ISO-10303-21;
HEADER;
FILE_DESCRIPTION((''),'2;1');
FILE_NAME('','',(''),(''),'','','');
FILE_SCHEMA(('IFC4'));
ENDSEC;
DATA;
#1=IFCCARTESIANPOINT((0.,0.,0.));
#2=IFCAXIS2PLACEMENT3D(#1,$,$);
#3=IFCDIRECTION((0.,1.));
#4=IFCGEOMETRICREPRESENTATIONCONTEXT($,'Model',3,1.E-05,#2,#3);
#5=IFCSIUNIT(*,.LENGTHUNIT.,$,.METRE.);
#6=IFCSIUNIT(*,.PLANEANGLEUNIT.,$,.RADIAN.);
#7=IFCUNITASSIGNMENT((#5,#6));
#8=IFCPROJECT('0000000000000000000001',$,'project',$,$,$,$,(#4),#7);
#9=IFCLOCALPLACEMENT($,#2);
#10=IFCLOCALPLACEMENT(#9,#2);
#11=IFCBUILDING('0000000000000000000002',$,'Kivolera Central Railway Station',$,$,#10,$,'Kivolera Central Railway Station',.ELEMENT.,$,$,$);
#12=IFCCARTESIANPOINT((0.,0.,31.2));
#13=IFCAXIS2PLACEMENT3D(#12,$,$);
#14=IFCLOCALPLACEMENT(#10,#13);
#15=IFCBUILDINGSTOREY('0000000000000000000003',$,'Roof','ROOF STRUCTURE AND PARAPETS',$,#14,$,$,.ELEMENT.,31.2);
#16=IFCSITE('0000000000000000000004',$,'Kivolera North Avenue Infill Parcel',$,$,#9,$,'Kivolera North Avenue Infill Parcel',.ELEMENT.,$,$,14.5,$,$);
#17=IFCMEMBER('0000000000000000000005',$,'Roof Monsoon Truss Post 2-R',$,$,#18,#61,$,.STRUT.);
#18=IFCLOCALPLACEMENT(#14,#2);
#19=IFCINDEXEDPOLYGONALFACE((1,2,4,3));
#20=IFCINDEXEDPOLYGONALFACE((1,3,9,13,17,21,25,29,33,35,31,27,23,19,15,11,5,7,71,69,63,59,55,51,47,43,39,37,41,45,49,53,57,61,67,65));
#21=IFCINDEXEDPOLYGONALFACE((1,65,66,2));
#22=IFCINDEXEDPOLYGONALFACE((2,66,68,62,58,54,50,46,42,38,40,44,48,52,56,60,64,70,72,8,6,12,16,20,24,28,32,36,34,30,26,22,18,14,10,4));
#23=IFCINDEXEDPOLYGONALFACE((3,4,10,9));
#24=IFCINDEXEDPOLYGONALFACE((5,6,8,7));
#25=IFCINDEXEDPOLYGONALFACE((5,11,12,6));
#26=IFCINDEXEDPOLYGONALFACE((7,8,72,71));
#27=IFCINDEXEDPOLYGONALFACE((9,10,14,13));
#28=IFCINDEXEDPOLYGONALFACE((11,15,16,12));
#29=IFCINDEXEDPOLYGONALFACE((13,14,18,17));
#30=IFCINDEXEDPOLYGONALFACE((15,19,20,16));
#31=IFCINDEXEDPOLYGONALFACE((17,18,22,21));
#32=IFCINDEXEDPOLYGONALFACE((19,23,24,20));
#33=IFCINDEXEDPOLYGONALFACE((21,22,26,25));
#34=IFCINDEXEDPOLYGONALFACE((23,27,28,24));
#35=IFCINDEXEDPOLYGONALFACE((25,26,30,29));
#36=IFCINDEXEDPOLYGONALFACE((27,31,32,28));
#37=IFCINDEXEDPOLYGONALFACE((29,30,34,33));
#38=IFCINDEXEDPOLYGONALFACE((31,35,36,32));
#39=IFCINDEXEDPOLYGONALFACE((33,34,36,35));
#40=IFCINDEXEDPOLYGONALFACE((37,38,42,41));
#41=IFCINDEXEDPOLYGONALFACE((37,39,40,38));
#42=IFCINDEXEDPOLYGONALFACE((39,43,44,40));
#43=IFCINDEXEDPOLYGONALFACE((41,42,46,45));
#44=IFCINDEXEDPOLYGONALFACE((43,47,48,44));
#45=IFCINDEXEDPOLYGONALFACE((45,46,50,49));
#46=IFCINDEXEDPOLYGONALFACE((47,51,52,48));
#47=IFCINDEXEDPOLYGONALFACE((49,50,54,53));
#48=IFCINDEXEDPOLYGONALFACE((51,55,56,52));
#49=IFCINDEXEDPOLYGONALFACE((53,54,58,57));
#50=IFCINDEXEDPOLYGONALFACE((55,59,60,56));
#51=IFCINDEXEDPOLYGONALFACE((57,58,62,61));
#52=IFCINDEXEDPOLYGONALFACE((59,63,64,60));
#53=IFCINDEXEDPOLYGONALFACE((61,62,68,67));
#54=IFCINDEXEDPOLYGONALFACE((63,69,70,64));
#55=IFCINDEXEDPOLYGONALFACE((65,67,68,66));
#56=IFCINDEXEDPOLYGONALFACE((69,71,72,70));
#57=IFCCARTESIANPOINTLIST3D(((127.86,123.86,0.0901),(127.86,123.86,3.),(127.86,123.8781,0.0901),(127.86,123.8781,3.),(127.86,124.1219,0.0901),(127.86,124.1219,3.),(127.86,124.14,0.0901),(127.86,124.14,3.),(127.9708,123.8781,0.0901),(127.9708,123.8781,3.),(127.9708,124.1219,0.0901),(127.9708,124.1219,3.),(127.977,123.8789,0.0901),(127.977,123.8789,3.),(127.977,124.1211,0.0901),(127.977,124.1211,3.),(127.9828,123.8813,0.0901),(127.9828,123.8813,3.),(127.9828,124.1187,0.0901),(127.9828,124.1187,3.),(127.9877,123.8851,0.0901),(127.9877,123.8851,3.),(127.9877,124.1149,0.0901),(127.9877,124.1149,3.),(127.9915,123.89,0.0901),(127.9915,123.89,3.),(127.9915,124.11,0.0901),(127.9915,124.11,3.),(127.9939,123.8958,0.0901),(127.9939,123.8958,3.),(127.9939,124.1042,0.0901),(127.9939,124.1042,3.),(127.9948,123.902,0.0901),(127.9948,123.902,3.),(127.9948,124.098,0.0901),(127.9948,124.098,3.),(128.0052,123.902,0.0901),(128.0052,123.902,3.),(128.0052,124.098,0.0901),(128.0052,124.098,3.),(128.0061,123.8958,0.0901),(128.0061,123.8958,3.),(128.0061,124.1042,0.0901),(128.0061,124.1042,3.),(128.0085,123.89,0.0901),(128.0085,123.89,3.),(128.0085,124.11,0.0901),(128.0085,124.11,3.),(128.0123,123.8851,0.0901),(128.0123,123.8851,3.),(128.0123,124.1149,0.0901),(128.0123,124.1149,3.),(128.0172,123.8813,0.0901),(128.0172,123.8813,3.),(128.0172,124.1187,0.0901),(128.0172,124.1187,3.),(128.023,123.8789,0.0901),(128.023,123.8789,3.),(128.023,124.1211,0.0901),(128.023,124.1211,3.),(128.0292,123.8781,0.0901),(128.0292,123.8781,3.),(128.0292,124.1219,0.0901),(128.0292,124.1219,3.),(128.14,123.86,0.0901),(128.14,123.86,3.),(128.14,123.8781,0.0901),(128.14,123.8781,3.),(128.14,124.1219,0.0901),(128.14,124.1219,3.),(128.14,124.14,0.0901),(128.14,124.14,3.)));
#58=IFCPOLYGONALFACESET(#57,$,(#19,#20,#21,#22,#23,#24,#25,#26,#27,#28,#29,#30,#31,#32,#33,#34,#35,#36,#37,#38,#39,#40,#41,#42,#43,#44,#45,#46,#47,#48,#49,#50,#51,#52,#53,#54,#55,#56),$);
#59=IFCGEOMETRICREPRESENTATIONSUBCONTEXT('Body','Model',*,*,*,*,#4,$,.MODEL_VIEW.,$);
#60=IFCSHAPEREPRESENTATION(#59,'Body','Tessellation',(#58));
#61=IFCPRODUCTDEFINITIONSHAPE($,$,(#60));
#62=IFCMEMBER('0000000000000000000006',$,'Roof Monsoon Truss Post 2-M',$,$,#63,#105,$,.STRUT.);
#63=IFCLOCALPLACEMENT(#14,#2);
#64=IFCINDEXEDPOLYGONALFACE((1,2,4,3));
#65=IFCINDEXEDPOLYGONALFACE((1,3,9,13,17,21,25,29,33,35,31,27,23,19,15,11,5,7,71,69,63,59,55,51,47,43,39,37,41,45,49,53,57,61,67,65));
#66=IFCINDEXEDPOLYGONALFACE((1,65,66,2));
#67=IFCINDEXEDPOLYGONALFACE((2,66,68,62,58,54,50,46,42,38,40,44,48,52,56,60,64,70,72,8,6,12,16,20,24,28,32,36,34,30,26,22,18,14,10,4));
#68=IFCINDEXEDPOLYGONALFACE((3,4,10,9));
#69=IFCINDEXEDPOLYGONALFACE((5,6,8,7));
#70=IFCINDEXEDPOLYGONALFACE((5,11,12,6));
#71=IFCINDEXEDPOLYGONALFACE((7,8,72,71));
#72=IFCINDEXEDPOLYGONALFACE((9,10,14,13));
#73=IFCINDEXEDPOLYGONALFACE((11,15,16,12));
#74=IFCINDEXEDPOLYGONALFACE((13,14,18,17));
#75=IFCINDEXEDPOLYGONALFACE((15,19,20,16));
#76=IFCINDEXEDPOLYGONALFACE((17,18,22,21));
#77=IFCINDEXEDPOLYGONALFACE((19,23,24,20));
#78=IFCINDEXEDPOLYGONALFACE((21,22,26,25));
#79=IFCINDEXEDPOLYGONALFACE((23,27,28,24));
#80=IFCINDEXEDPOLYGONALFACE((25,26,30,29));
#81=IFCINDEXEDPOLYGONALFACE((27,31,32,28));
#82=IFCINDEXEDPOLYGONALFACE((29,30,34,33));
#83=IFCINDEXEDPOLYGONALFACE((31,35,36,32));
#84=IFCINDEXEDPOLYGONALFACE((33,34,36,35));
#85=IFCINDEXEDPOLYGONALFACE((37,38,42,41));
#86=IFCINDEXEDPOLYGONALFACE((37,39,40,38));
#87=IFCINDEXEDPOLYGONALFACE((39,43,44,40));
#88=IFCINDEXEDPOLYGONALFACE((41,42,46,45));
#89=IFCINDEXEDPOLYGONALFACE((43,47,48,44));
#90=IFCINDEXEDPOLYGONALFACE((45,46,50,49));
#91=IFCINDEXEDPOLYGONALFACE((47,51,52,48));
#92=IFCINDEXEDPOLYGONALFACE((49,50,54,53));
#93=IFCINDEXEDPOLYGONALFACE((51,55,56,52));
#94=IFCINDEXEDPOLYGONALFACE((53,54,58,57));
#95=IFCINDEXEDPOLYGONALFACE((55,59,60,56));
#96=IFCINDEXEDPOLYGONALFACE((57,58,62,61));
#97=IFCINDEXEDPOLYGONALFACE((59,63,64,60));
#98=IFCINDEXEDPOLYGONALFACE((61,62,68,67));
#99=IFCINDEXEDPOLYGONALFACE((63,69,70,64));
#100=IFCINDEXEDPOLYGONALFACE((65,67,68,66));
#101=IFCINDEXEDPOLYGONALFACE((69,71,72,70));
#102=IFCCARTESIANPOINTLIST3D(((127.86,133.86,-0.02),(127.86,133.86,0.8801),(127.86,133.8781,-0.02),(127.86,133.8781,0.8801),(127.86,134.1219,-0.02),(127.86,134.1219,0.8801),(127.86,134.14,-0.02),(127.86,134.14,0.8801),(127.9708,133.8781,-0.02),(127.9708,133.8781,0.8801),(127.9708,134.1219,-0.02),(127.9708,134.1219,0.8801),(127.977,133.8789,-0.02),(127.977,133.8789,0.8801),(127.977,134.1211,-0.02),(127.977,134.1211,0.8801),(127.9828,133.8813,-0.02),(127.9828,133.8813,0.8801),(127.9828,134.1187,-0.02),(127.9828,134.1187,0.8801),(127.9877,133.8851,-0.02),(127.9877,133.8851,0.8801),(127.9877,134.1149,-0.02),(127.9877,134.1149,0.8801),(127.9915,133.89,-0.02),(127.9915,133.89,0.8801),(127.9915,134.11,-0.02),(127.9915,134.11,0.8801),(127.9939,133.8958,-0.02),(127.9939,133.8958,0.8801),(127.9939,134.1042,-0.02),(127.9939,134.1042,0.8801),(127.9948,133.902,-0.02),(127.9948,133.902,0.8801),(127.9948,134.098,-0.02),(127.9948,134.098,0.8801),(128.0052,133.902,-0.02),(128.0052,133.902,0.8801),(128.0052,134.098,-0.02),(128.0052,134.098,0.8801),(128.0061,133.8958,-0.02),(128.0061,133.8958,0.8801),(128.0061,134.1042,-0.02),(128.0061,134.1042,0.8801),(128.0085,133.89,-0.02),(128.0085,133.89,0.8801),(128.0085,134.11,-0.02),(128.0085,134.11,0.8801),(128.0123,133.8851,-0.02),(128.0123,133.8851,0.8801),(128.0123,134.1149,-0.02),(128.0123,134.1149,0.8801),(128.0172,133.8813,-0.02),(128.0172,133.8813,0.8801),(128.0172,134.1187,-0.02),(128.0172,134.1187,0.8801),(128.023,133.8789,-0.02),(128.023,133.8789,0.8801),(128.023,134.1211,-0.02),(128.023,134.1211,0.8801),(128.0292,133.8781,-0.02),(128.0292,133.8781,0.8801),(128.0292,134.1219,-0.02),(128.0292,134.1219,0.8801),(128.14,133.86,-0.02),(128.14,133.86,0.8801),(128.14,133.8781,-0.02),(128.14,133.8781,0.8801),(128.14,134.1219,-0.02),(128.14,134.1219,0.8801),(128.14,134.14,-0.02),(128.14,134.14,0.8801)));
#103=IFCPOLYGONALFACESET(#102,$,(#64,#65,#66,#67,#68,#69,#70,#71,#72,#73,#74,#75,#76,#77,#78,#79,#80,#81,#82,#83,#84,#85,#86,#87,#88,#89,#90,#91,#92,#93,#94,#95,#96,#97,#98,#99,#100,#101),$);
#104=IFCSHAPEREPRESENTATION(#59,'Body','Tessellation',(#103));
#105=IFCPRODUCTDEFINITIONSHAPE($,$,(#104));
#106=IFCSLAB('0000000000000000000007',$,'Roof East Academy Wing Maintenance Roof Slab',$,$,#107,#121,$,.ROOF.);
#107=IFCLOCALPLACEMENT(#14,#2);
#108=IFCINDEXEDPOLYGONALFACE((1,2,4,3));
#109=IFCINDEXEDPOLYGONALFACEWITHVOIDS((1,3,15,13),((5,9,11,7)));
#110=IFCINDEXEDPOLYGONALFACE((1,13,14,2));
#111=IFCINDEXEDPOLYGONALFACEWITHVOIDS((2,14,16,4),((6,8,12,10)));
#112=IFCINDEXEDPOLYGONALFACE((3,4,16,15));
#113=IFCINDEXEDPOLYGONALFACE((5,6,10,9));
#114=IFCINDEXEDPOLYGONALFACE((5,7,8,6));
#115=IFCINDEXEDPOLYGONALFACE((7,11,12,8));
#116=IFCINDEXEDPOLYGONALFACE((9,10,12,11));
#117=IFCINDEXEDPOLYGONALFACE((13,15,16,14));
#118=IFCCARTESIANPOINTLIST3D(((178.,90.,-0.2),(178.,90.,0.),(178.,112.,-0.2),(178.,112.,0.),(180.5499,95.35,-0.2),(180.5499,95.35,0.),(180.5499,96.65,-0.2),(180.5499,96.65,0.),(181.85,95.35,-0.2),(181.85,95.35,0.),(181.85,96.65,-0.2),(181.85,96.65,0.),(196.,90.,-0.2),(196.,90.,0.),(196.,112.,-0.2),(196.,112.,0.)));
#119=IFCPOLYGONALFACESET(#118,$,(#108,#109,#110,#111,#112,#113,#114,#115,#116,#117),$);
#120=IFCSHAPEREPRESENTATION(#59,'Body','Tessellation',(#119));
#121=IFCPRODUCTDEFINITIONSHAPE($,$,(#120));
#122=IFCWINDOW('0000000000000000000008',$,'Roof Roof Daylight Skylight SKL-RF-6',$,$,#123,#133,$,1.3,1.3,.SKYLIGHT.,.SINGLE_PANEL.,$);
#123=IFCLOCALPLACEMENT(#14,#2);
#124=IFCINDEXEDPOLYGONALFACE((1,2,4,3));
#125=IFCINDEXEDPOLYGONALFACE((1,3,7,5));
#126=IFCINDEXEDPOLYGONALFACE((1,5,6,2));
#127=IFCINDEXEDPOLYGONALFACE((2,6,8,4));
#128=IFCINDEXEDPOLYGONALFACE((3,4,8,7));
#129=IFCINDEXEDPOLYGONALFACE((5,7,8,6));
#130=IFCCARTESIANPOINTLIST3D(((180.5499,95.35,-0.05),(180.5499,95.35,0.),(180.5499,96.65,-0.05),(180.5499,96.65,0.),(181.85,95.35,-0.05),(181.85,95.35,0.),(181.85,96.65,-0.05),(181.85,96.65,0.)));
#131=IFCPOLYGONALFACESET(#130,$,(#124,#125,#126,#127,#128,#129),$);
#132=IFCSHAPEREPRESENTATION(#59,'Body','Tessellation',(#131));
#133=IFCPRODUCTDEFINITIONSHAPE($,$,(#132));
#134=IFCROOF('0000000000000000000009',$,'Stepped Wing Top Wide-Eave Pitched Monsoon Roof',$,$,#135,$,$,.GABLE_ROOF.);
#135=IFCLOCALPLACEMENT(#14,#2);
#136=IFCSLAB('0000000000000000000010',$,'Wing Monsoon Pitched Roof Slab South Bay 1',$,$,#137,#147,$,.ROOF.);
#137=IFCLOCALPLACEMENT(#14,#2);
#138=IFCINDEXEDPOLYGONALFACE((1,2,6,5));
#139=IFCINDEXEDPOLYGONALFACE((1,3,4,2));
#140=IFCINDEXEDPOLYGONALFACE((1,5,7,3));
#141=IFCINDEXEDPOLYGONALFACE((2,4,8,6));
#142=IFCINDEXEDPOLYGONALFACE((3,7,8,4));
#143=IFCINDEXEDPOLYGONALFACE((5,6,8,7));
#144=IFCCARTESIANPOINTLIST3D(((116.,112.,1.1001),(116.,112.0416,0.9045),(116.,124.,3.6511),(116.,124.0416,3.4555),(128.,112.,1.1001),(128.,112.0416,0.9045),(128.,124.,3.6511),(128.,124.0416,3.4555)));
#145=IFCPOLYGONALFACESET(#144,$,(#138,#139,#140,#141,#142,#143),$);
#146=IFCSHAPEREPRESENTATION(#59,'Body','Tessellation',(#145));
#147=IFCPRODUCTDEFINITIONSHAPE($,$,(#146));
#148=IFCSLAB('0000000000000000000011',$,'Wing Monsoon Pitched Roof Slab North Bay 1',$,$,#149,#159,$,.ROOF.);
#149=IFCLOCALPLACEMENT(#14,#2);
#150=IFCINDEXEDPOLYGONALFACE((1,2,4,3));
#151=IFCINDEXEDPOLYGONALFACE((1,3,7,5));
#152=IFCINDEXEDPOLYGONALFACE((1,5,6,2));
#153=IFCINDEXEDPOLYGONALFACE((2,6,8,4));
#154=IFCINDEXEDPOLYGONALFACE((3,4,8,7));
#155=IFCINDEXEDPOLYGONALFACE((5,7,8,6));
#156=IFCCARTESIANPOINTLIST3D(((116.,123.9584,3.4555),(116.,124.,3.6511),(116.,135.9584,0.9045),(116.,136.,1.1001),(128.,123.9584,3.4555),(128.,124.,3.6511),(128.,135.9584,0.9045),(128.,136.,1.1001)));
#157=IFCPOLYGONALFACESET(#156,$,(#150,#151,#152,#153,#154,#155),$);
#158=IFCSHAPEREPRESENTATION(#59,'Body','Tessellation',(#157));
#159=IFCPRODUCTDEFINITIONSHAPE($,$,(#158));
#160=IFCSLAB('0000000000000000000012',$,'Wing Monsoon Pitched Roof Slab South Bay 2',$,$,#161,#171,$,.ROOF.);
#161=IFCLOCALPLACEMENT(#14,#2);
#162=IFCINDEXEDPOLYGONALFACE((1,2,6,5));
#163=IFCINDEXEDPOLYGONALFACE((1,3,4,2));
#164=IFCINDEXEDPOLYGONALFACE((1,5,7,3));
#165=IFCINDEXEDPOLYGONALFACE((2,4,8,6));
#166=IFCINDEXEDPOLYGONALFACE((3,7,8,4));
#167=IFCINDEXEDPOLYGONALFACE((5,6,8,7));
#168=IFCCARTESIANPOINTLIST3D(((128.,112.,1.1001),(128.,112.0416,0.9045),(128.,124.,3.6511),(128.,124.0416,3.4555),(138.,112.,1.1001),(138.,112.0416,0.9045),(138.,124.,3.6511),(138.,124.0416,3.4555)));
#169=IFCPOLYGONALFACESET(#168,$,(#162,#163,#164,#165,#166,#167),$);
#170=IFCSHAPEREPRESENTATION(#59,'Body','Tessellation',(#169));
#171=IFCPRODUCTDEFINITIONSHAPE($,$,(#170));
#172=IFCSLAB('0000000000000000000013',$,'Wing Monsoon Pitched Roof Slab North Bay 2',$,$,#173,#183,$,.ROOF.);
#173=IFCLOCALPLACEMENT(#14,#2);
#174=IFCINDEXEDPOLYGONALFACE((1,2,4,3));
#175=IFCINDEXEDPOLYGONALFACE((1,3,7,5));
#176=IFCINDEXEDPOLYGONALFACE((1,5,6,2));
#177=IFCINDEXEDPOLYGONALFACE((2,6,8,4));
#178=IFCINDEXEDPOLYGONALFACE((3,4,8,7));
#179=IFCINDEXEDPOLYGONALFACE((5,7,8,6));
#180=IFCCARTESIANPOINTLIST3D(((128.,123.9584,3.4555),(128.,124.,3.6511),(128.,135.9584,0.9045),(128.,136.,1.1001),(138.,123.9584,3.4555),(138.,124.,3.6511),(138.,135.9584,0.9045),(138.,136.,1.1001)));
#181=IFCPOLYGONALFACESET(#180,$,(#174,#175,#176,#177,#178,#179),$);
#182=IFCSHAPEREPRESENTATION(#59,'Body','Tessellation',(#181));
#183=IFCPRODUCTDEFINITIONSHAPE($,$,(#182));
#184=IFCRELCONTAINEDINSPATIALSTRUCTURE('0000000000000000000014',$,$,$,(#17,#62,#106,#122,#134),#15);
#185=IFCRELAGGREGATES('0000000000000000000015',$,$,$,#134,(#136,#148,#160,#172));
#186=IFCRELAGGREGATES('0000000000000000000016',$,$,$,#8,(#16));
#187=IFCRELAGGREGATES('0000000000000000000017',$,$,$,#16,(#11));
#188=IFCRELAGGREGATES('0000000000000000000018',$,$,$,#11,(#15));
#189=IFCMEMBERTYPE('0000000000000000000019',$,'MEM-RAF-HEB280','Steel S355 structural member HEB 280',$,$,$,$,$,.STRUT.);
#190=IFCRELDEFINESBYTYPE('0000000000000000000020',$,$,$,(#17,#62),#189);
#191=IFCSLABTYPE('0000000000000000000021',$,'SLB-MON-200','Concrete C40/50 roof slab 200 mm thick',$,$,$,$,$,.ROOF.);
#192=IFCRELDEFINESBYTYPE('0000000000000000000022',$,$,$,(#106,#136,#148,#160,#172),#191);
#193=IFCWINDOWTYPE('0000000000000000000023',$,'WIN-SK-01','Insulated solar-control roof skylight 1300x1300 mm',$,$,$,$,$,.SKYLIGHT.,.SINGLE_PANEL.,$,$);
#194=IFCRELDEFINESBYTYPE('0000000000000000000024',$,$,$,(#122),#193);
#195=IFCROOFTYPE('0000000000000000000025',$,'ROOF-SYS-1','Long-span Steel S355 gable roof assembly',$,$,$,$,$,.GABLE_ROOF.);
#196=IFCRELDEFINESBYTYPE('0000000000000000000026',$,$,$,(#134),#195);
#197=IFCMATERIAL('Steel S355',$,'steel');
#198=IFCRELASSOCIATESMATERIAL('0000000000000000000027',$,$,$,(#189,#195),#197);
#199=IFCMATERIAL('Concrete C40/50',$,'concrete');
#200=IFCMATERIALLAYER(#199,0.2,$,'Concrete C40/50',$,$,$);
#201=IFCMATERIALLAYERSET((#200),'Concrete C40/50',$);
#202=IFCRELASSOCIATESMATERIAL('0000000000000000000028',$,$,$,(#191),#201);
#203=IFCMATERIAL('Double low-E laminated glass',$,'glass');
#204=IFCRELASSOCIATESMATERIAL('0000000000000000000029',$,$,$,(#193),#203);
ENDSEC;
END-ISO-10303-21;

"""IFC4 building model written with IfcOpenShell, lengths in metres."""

from ifc_helpers import new_model, si_unit, direction, frame, origin, origin_2d, place, context, subcontext, project, spatial, polyline, rectangle, i_section, outline, extrude, material, layer, layer_set, material_profile, profile_set, type_object, element, fill, aggregate, save


model = new_model("IFC4")

# Units and contexts
model_context = context("Model", 3, precision=1e-05, world=origin(), true_north=direction((0.0, 1.0)))
body_context = subcontext(model_context, "Body", "Model", "MODEL_VIEW")
ifc_project = project(units=[si_unit("LENGTHUNIT", "METRE"), si_unit("PLANEANGLEUNIT", "RADIAN")], contexts=[model_context])

# Site, building, storey
site_placement = place(None, origin())
site = spatial("IfcSite", under=ifc_project, at=site_placement, Name="Kivolera North Avenue Infill Parcel", LongName="Kivolera North Avenue Infill Parcel", CompositionType="ELEMENT", RefElevation=14.5)
building_placement = place(site_placement, origin())
building = spatial("IfcBuilding", under=site, at=building_placement, Name="Kivolera Central Railway Station", LongName="Kivolera Central Railway Station", CompositionType="ELEMENT")
storey_placement = place(building_placement, frame((0.0, 0.0, 31.2)))
storey = spatial("IfcBuildingStorey", under=building, at=storey_placement, Name="Roof", Description="ROOF STRUCTURE AND PARAPETS", CompositionType="ELEMENT", Elevation=31.2)

# Shared definitions
ifc_material_1 = material(Name="Steel S355", Category="steel")

# Members
ifc_material_profile_1 = material_profile(ifc_material_1, i_section(OverallWidth=0.28, OverallDepth=0.28, WebThickness=0.0105, FlangeThickness=0.0181, FilletRadius=0.0239, at=origin_2d()), Name="HEB 280")
ifc_profile_set_1 = profile_set([ifc_material_profile_1], Name="Steel S355")
member_type_1 = type_object("IfcMemberType", Name="MEM-RAF-HEB280", Description="Steel S355 structural member HEB 280", PredefinedType="STRUT", material=ifc_profile_set_1)
member_1_placement = place(storey_placement, frame((128.0, 124.0, 0.0901), z_axis=(0.0, 0.0, 1.0), x_axis=(1.0, 0.0, 0.0)))
element("IfcMember", 1, at=member_1_placement, inside=storey, type_object=member_type_1, Name="Roof Monsoon Truss Post 2-R", PredefinedType="STRUT", context=body_context, shape_type="SweptSolid", body=[
    extrude(i_section(OverallWidth=0.28, OverallDepth=0.28, WebThickness=0.0105, FlangeThickness=0.0181, FilletRadius=0.0239, at=origin_2d()), origin(), (0.0, 0.0, 1.0), 2.9099),
])
member_2_placement = place(storey_placement, frame((128.0, 134.0, -0.02), z_axis=(0.0, 0.0, 1.0), x_axis=(1.0, 0.0, 0.0)))
element("IfcMember", 2, at=member_2_placement, inside=storey, type_object=member_type_1, Name="Roof Monsoon Truss Post 2-M", PredefinedType="STRUT", context=body_context, shape_type="SweptSolid", body=[
    extrude(i_section(OverallWidth=0.28, OverallDepth=0.28, WebThickness=0.0105, FlangeThickness=0.0181, FilletRadius=0.0239, at=origin_2d()), origin(), (0.0, 0.0, 1.0), 0.9001),
])

# Slab, opening, window
ifc_material_2 = material(Name="Concrete C40/50", Category="concrete")
ifc_layer_1 = layer(ifc_material_2, 0.2, Name="Concrete C40/50")
ifc_layer_set_1 = layer_set([ifc_layer_1], Name="Concrete C40/50")
slab_type = type_object("IfcSlabType", Name="SLB-MON-200", Description="Concrete C40/50 roof slab 200 mm thick", PredefinedType="ROOF", material=ifc_layer_set_1)
slab_1_placement = place(storey_placement, frame((0.0, 0.0, -0.2)))
slab_1 = element("IfcSlab", 3, at=slab_1_placement, inside=storey, type_object=slab_type, Name="Roof East Academy Wing Maintenance Roof Slab", PredefinedType="ROOF", context=body_context, shape_type="SweptSolid", body=[
    extrude(outline(polyline([(178.0, 90.0), (196.0, 90.0), (196.0, 112.0), (178.0, 112.0), (178.0, 90.0)])), origin(), (0.0, 0.0, 1.0), 0.2),
])
opening_placement = place(slab_1_placement, frame((181.2, 96.0, 0.0)))
opening = element("IfcOpeningElement", 4, at=opening_placement, cuts=slab_1, PredefinedType="OPENING", context=body_context, shape_type="SweptSolid", body=[
    extrude(rectangle(XDim=1.3, YDim=1.3, at=origin_2d()), frame((0.0, 0.0, -0.01)), (0.0, 0.0, 1.0), 0.22),
])
ifc_material_3 = material(Name="Double low-E laminated glass", Category="glass")
window_type = type_object("IfcWindowType", Name="WIN-SK-01", Description="Insulated solar-control roof skylight 1300x1300 mm", PartitioningType="SINGLE_PANEL", PredefinedType="SKYLIGHT", material=ifc_material_3)
window_placement = place(opening_placement, frame((0.0, 0.0, 0.1499)))
window = element("IfcWindow", 5, at=window_placement, inside=storey, type_object=window_type, Name="Roof Roof Daylight Skylight SKL-RF-6", OverallHeight=1.3, OverallWidth=1.3, PartitioningType="SINGLE_PANEL", PredefinedType="SKYLIGHT", context=body_context, shape_type="SweptSolid", body=[
    extrude(rectangle(XDim=1.3, YDim=1.3, at=origin_2d()), origin(), (0.0, 0.0, 1.0), 0.05),
])
fill(opening, window)

# Roof, slabs
roof_type = type_object("IfcRoofType", Name="ROOF-SYS-1", Description="Long-span Steel S355 gable roof assembly", PredefinedType="GABLE_ROOF", material=ifc_material_1)
roof_placement = place(storey_placement, origin())
roof = element("IfcRoof", 6, at=roof_placement, inside=storey, type_object=roof_type, Name="Stepped Wing Top Wide-Eave Pitched Monsoon Roof", PredefinedType="GABLE_ROOF")
slab_2_placement = place(storey_placement, frame((116.0, 112.0, 1.1001), z_axis=(0.0, -0.207939, 0.978142), x_axis=(1.0, 0.0, 0.0)))
slab_2 = element("IfcSlab", 7, at=slab_2_placement, type_object=slab_type, Name="Wing Monsoon Pitched Roof Slab South Bay 1", PredefinedType="ROOF", context=body_context, shape_type="SweptSolid", body=[
    extrude(outline(polyline([(0.0, 0.0), (12.0, 0.0), (12.0, 12.2682), (0.0, 12.2682), (0.0, 0.0)])), origin(), (0.0, 0.0, -1.0), 0.2),
])
slab_3_placement = place(storey_placement, frame((116.0, 124.0, 3.6511), z_axis=(0.0, 0.207939, 0.978142), x_axis=(1.0, 0.0, 0.0)))
slab_3 = element("IfcSlab", 8, at=slab_3_placement, type_object=slab_type, Name="Wing Monsoon Pitched Roof Slab North Bay 1", PredefinedType="ROOF", context=body_context, shape_type="SweptSolid", body=[
    extrude(outline(polyline([(0.0, 0.0), (12.0, 0.0), (12.0, 12.2682), (0.0, 12.2682), (0.0, 0.0)])), origin(), (0.0, 0.0, -1.0), 0.2),
])
slab_4_placement = place(storey_placement, frame((128.0, 112.0, 1.1001), z_axis=(0.0, -0.207939, 0.978142), x_axis=(1.0, 0.0, 0.0)))
slab_4 = element("IfcSlab", 9, at=slab_4_placement, type_object=slab_type, Name="Wing Monsoon Pitched Roof Slab South Bay 2", PredefinedType="ROOF", context=body_context, shape_type="SweptSolid", body=[
    extrude(outline(polyline([(0.0, 0.0), (10.0, 0.0), (10.0, 12.2682), (0.0, 12.2682), (0.0, 0.0)])), origin(), (0.0, 0.0, -1.0), 0.2),
])
slab_5_placement = place(storey_placement, frame((128.0, 124.0, 3.6511), z_axis=(0.0, 0.207939, 0.978142), x_axis=(1.0, 0.0, 0.0)))
slab_5 = element("IfcSlab", 10, at=slab_5_placement, type_object=slab_type, Name="Wing Monsoon Pitched Roof Slab North Bay 2", PredefinedType="ROOF", context=body_context, shape_type="SweptSolid", body=[
    extrude(outline(polyline([(0.0, 0.0), (10.0, 0.0), (10.0, 12.2682), (0.0, 12.2682), (0.0, 0.0)])), origin(), (0.0, 0.0, -1.0), 0.2),
])
aggregate(roof, [slab_2, slab_3, slab_4, slab_5])

save(model, "model.ifc")
